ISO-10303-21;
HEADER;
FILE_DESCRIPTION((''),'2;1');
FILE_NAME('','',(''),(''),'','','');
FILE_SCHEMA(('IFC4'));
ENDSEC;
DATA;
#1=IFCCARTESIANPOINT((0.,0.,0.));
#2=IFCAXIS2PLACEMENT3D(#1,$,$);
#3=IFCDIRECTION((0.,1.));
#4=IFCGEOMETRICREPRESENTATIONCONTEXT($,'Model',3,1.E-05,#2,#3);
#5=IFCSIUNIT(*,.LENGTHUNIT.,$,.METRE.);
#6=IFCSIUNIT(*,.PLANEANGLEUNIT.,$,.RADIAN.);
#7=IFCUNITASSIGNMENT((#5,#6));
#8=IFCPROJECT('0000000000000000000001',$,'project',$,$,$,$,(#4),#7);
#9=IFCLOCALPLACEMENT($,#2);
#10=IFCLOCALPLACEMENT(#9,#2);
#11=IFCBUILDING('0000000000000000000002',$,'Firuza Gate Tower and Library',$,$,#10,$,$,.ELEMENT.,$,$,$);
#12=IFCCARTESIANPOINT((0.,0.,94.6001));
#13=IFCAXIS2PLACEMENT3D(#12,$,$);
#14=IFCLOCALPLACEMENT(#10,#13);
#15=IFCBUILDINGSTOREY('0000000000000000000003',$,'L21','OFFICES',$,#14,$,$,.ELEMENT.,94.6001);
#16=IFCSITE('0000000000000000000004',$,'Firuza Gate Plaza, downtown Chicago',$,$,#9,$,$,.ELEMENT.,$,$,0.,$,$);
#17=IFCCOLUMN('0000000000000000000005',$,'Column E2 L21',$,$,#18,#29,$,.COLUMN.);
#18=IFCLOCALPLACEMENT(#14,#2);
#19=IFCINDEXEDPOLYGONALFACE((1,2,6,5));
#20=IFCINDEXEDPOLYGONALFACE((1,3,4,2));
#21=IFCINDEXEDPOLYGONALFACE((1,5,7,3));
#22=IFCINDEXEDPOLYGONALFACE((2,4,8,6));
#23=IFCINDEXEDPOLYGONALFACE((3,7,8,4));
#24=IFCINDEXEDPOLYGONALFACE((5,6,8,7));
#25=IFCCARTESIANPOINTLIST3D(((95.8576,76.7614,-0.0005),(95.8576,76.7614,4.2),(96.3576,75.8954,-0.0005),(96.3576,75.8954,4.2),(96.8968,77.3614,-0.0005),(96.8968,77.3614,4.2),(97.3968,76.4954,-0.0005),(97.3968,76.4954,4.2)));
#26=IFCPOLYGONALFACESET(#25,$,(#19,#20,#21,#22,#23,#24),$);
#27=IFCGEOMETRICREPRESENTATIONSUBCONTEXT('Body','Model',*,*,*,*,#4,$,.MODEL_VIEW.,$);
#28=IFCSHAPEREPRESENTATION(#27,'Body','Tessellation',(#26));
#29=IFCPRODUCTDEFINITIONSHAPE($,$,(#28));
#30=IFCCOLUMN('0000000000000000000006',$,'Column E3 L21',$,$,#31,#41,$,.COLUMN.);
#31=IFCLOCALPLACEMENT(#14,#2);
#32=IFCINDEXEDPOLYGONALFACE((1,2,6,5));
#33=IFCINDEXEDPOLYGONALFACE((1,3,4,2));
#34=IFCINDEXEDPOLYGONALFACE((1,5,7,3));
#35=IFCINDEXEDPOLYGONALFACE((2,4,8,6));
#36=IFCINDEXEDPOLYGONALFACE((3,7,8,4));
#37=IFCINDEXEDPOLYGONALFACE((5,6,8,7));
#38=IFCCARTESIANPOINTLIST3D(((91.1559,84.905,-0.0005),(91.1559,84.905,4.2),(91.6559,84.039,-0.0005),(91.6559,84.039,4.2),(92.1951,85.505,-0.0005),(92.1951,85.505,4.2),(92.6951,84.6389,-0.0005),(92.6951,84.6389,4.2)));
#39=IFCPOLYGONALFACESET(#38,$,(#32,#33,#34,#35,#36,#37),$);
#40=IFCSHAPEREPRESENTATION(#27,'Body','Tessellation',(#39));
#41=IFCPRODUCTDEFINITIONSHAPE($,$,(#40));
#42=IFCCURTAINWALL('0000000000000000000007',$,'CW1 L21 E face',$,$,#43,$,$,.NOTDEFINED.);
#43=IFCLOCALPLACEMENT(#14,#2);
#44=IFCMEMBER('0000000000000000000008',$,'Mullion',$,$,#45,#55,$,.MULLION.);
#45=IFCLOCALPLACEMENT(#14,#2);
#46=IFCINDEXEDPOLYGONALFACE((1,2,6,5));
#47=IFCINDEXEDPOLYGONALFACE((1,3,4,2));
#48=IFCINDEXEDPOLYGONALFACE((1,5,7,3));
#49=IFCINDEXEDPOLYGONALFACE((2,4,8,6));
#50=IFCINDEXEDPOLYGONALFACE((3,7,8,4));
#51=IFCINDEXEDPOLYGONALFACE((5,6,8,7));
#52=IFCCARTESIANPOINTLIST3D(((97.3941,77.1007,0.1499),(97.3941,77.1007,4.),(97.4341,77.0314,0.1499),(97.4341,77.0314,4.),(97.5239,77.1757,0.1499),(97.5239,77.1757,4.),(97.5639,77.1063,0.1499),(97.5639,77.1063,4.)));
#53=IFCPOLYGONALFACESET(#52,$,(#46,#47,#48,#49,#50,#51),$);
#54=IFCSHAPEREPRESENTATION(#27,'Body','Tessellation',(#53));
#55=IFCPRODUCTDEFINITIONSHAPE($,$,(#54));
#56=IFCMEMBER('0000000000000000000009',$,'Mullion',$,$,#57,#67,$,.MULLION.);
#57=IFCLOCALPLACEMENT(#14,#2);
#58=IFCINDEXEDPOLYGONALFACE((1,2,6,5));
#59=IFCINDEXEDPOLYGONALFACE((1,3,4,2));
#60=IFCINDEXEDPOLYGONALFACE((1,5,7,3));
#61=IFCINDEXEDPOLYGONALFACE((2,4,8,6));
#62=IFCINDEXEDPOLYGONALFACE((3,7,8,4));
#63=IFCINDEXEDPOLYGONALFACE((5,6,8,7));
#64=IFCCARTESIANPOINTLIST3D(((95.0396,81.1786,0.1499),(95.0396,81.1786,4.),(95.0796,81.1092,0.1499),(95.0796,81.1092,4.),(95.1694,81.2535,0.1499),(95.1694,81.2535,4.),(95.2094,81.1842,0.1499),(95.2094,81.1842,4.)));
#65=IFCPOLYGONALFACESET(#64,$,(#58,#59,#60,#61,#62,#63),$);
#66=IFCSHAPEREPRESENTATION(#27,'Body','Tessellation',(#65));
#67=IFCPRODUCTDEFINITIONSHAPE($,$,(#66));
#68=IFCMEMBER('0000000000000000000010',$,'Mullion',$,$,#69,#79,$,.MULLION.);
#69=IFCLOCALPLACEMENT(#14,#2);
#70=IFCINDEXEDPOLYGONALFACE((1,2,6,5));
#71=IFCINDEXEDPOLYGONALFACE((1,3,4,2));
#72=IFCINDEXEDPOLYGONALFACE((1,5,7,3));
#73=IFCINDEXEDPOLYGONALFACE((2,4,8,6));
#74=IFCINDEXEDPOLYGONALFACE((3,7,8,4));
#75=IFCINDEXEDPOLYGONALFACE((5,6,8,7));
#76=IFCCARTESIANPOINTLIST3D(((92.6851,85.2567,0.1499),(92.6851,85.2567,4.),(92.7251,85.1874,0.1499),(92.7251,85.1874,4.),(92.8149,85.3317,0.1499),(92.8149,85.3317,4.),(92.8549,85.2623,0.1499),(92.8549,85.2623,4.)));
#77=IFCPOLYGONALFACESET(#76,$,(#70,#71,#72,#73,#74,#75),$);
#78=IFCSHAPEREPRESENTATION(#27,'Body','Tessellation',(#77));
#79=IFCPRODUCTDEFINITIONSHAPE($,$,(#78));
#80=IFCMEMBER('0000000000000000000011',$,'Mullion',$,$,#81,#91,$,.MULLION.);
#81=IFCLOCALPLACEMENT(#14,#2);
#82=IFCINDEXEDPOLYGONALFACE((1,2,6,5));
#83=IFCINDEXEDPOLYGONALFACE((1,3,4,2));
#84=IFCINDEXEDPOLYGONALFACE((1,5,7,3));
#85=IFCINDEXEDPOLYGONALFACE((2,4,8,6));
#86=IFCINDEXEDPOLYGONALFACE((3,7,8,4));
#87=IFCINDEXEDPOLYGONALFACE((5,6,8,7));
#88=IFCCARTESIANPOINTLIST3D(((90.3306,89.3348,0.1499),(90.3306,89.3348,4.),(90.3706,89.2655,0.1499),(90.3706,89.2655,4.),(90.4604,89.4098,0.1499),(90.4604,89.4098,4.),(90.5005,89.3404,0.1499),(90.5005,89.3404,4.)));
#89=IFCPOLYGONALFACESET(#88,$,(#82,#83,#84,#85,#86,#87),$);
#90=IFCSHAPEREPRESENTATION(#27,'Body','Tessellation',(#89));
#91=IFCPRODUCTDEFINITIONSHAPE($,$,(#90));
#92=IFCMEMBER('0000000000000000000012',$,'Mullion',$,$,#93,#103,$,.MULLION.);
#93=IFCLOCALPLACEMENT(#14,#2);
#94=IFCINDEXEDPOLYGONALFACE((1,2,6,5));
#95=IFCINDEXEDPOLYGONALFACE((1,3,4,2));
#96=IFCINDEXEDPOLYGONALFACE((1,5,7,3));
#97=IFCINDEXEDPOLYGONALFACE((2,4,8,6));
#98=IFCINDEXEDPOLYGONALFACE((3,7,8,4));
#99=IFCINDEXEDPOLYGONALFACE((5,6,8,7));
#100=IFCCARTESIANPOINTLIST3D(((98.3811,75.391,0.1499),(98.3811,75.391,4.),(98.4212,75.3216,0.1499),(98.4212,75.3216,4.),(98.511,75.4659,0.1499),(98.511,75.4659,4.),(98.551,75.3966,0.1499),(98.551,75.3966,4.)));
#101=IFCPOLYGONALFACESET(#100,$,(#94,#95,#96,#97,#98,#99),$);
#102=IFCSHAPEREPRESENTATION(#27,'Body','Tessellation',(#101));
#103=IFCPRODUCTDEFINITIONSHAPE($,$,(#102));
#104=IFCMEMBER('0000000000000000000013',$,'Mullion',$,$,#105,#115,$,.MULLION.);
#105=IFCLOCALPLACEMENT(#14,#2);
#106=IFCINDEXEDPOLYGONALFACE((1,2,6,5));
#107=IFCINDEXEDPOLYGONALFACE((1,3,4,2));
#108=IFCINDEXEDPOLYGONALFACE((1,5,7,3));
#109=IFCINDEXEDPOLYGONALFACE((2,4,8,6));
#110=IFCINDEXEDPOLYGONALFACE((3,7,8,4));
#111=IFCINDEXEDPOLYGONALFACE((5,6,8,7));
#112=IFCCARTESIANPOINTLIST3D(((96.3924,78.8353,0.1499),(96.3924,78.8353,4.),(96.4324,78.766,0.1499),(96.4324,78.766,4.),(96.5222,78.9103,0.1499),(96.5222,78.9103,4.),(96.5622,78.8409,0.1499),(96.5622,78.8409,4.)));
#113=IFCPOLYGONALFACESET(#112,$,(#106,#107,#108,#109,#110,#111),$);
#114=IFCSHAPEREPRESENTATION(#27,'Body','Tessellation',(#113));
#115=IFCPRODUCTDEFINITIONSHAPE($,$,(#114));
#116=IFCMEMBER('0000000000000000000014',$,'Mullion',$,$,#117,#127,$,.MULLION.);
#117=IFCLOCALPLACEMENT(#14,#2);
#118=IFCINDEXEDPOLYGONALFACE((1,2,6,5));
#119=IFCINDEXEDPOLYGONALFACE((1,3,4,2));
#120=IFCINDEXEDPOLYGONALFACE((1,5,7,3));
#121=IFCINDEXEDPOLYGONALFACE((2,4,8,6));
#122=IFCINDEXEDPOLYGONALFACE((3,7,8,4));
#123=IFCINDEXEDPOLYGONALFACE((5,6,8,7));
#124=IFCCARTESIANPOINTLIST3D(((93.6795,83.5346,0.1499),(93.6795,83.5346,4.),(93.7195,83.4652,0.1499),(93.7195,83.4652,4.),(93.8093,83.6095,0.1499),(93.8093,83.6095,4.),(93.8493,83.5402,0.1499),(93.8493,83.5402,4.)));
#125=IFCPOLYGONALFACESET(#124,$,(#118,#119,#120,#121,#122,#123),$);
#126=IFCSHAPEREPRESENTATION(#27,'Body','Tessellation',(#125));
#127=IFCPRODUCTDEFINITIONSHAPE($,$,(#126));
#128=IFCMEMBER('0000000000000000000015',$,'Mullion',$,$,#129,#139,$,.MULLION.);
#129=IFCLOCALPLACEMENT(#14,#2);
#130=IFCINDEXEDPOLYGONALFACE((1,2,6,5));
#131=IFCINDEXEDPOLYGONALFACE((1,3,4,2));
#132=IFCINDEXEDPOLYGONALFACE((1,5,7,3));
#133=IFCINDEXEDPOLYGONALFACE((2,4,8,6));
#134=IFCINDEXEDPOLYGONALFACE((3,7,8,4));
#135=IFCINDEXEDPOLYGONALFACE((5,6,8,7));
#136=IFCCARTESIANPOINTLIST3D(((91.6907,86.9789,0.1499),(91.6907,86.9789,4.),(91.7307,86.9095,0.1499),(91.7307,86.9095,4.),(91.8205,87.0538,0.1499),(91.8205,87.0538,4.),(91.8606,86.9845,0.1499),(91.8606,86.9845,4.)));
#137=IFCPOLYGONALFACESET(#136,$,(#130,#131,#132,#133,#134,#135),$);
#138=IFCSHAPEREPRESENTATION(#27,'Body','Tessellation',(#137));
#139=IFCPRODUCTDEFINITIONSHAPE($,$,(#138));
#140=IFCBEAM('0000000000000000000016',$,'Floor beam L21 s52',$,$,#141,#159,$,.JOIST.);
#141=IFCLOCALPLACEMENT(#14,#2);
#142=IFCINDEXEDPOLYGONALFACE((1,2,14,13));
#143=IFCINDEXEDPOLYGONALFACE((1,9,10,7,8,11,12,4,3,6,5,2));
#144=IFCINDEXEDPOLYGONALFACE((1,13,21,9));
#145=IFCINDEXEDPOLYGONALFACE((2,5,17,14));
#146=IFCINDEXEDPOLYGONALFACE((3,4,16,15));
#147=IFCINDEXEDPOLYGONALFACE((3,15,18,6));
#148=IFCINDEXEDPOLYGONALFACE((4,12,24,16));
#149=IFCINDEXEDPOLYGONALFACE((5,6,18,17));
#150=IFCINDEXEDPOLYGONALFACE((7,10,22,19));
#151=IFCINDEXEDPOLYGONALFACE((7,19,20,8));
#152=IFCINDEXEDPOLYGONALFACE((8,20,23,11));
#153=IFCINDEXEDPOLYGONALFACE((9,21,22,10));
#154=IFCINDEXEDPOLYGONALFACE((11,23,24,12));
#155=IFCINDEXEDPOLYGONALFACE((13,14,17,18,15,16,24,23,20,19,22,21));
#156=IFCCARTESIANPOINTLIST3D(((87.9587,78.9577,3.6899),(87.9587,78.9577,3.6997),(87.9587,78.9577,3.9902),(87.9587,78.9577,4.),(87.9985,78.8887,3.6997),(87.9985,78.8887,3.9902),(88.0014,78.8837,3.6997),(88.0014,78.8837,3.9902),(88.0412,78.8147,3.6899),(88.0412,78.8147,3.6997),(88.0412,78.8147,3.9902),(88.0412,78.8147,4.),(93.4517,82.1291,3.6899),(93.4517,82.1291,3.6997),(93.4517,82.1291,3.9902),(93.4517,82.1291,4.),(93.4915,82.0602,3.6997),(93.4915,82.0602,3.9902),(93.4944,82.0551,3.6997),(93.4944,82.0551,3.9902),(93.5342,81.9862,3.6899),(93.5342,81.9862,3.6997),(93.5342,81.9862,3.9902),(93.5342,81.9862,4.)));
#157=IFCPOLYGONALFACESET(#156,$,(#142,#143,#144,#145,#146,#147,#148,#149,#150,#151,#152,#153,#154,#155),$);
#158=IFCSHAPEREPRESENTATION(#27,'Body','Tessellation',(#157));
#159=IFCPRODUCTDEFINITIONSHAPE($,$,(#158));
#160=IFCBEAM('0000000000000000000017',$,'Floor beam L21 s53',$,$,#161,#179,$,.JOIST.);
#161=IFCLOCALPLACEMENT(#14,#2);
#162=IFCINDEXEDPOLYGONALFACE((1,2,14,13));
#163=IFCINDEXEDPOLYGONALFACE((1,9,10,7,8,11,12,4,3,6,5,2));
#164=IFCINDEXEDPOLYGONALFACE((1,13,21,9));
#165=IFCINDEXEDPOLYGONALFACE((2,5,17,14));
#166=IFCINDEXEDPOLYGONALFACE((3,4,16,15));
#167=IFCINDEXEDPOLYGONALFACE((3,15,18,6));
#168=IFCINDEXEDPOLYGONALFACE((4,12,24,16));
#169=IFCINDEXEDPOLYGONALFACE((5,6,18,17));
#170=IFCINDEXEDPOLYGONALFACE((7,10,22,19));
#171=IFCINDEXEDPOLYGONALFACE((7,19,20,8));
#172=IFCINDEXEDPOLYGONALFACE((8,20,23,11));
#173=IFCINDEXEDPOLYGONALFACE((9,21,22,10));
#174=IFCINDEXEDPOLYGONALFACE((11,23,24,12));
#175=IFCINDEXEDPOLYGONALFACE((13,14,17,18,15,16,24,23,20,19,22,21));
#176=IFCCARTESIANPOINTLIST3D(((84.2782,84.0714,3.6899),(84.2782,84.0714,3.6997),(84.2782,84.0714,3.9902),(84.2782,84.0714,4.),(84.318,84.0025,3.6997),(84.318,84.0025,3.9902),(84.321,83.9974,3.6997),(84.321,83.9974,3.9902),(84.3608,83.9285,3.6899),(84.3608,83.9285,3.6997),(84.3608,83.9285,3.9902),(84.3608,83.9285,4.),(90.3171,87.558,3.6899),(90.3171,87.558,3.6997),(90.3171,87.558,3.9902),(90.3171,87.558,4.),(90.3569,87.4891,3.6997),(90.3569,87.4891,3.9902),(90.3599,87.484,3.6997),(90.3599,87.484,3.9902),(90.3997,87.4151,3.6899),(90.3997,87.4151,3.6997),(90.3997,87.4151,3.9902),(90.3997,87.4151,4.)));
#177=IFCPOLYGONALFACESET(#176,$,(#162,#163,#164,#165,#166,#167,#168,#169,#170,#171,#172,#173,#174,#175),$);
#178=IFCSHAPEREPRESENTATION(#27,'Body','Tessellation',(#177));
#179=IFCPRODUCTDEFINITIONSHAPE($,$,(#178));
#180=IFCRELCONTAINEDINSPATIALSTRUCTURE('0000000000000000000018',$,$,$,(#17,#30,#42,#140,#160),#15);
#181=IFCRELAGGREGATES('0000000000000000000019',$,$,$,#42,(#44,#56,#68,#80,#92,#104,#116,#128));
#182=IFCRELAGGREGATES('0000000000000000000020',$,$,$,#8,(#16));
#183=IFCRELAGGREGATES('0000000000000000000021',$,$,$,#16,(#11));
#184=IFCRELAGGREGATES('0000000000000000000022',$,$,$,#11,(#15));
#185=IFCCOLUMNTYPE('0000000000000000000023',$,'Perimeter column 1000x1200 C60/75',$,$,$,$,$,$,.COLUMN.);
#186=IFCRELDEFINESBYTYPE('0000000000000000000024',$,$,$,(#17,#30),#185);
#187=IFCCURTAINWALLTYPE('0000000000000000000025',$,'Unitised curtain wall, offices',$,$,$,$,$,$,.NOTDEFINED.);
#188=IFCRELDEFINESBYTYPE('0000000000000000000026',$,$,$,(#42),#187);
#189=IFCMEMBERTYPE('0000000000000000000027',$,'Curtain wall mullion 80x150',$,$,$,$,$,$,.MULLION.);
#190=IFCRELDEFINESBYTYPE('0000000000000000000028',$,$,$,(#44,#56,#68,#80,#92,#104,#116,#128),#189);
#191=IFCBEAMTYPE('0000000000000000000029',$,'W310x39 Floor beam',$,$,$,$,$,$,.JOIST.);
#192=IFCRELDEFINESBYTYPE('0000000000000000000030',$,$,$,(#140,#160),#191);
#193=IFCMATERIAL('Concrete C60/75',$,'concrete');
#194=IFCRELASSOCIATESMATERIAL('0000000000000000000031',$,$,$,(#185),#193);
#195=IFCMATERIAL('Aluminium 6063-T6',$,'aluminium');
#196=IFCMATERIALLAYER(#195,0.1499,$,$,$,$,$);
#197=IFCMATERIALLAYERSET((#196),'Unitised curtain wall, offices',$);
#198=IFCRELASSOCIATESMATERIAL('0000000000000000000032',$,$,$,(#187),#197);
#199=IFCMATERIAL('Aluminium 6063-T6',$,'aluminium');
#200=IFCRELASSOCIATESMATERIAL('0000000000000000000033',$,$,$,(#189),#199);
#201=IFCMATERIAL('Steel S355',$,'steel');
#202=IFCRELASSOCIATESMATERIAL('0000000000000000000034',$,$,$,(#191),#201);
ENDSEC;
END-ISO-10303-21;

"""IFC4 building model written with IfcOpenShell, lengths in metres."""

from ifc_helpers import new_model, si_unit, direction, frame, origin, origin_2d, place, context, subcontext, project, spatial, rectangle, i_section, extrude, material, layer, layer_set, material_profile, profile_set, type_object, element, aggregate, save


model = new_model("IFC4")

# Units and contexts
model_context = context("Model", 3, precision=1e-05, world=origin(), true_north=direction((0.0, 1.0)))
body_context = subcontext(model_context, "Body", "Model", "MODEL_VIEW")
ifc_project = project(units=[si_unit("LENGTHUNIT", "METRE"), si_unit("PLANEANGLEUNIT", "RADIAN")], contexts=[model_context])

# Site, building, storey
site_placement = place(None, origin())
site = spatial("IfcSite", under=ifc_project, at=site_placement, Name="Firuza Gate Plaza, downtown Chicago", CompositionType="ELEMENT", RefElevation=0.0)
building_placement = place(site_placement, origin())
building = spatial("IfcBuilding", under=site, at=building_placement, Name="Firuza Gate Tower and Library", CompositionType="ELEMENT")
storey_placement = place(building_placement, frame((0.0, 0.0, 94.6001)))
storey = spatial("IfcBuildingStorey", under=building, at=storey_placement, Name="L21", Description="OFFICES", CompositionType="ELEMENT", Elevation=94.6001)

# Columns
ifc_material_1 = material(Name="Concrete C60/75", Category="concrete")
ifc_material_profile_1 = material_profile(ifc_material_1, rectangle(XDim=1.0, YDim=1.2, at=origin_2d()))
ifc_profile_set_1 = profile_set([ifc_material_profile_1], Name="Concrete C60/75")
column_type = type_object("IfcColumnType", Name="Perimeter column 1000x1200 C60/75", PredefinedType="COLUMN", material=ifc_profile_set_1)
for number, where, z_axis, x_axis, name in (
    (1, (96.6272, 76.6284, -0.0005), (0.0, 0.0, 1.0), (-0.5, 0.866025, 0.0), "Column E2 L21"),
    (2, (91.9255, 84.772, -0.0005), (0.0, 0.0, 1.0), (-0.5, 0.866025, 0.0), "Column E3 L21"),
):
    element("IfcColumn", number, at=place(storey_placement, frame(where, z_axis=z_axis, x_axis=x_axis)), inside=storey, type_object=column_type, Name=name, PredefinedType="COLUMN", context=body_context, shape_type="SweptSolid", body=[
        extrude(rectangle(XDim=1.0, YDim=1.2, at=origin_2d()), origin(), (0.0, 0.0, 1.0), 4.2004),
    ])

# Curtain wall, members
ifc_material_2 = material(Name="Aluminium 6063-T6", Category="aluminium")
ifc_layer_1 = layer(ifc_material_2, 0.1499)
ifc_layer_set_1 = layer_set([ifc_layer_1], Name="Unitised curtain wall, offices")
curtain_wall_type = type_object("IfcCurtainWallType", Name="Unitised curtain wall, offices", PredefinedType="NOTDEFINED", material=ifc_layer_set_1)
curtain_wall_placement = place(storey_placement, origin())
curtain_wall = element("IfcCurtainWall", 3, at=curtain_wall_placement, inside=storey, type_object=curtain_wall_type, Name="CW1 L21 E face", PredefinedType="NOTDEFINED")
ifc_material_3 = material(Name="Aluminium 6063-T6", Category="aluminium")
ifc_material_profile_2 = material_profile(ifc_material_3, rectangle(XDim=0.1499, YDim=0.0801, at=origin_2d()))
ifc_profile_set_2 = profile_set([ifc_material_profile_2], Name="Aluminium 6063-T6")
member_type = type_object("IfcMemberType", Name="Curtain wall mullion 80x150", PredefinedType="MULLION", material=ifc_profile_set_2)
member_1_placement = place(storey_placement, frame((97.479, 77.1035, 0.1499), z_axis=(0.0, 0.0, 1.0), x_axis=(-0.866025, -0.5, 0.0)))
member_1 = element("IfcMember", 4, at=member_1_placement, type_object=member_type, Name="Mullion", PredefinedType="MULLION", context=body_context, shape_type="SweptSolid", body=[
    extrude(rectangle(XDim=0.1499, YDim=0.0801, at=origin_2d()), origin(), (0.0, 0.0, 1.0), 3.8501),
])
member_2_placement = place(storey_placement, frame((95.1245, 81.1814, 0.1499), z_axis=(0.0, 0.0, 1.0), x_axis=(-0.866025, -0.5, 0.0)))
member_2 = element("IfcMember", 5, at=member_2_placement, type_object=member_type, Name="Mullion", PredefinedType="MULLION", context=body_context, shape_type="SweptSolid", body=[
    extrude(rectangle(XDim=0.1499, YDim=0.0801, at=origin_2d()), origin(), (0.0, 0.0, 1.0), 3.8501),
])
member_3_placement = place(storey_placement, frame((92.77, 85.2595, 0.1499), z_axis=(0.0, 0.0, 1.0), x_axis=(-0.866025, -0.5, 0.0)))
member_3 = element("IfcMember", 6, at=member_3_placement, type_object=member_type, Name="Mullion", PredefinedType="MULLION", context=body_context, shape_type="SweptSolid", body=[
    extrude(rectangle(XDim=0.1499, YDim=0.0801, at=origin_2d()), origin(), (0.0, 0.0, 1.0), 3.8501),
])
member_4_placement = place(storey_placement, frame((90.4155, 89.3376, 0.1499), z_axis=(0.0, 0.0, 1.0), x_axis=(-0.866025, -0.5, 0.0)))
member_4 = element("IfcMember", 7, at=member_4_placement, type_object=member_type, Name="Mullion", PredefinedType="MULLION", context=body_context, shape_type="SweptSolid", body=[
    extrude(rectangle(XDim=0.1499, YDim=0.0801, at=origin_2d()), origin(), (0.0, 0.0, 1.0), 3.8501),
])
member_5_placement = place(storey_placement, frame((98.4661, 75.3938, 0.1499), z_axis=(0.0, 0.0, 1.0), x_axis=(-0.866025, -0.5, 0.0)))
member_5 = element("IfcMember", 8, at=member_5_placement, type_object=member_type, Name="Mullion", PredefinedType="MULLION", context=body_context, shape_type="SweptSolid", body=[
    extrude(rectangle(XDim=0.1499, YDim=0.0801, at=origin_2d()), origin(), (0.0, 0.0, 1.0), 3.8501),
])
member_6_placement = place(storey_placement, frame((96.4773, 78.8381, 0.1499), z_axis=(0.0, 0.0, 1.0), x_axis=(-0.866025, -0.5, 0.0)))
member_6 = element("IfcMember", 9, at=member_6_placement, type_object=member_type, Name="Mullion", PredefinedType="MULLION", context=body_context, shape_type="SweptSolid", body=[
    extrude(rectangle(XDim=0.1499, YDim=0.0801, at=origin_2d()), origin(), (0.0, 0.0, 1.0), 3.8501),
])
member_7_placement = place(storey_placement, frame((93.7644, 83.5374, 0.1499), z_axis=(0.0, 0.0, 1.0), x_axis=(-0.866025, -0.5, 0.0)))
member_7 = element("IfcMember", 10, at=member_7_placement, type_object=member_type, Name="Mullion", PredefinedType="MULLION", context=body_context, shape_type="SweptSolid", body=[
    extrude(rectangle(XDim=0.1499, YDim=0.0801, at=origin_2d()), origin(), (0.0, 0.0, 1.0), 3.8501),
])
member_8_placement = place(storey_placement, frame((91.7756, 86.9817, 0.1499), z_axis=(0.0, 0.0, 1.0), x_axis=(-0.866025, -0.5, 0.0)))
member_8 = element("IfcMember", 11, at=member_8_placement, type_object=member_type, Name="Mullion", PredefinedType="MULLION", context=body_context, shape_type="SweptSolid", body=[
    extrude(rectangle(XDim=0.1499, YDim=0.0801, at=origin_2d()), origin(), (0.0, 0.0, 1.0), 3.8501),
])

# Beams
ifc_material_4 = material(Name="Steel S355", Category="steel")
ifc_material_profile_3 = material_profile(ifc_material_4, i_section(OverallWidth=0.165, OverallDepth=0.3101, WebThickness=0.0059, FlangeThickness=0.0098, at=origin_2d()))
ifc_profile_set_3 = profile_set([ifc_material_profile_3], Name="Steel S355")
beam_type_1 = type_object("IfcBeamType", Name="W310x39 Floor beam", PredefinedType="JOIST", material=ifc_profile_set_3)
beam_1_placement = place(storey_placement, frame((93.4929, 82.0576, 3.845), z_axis=(-0.866022, -0.500006, 0.0), x_axis=(0.500006, -0.866022, 0.0)))
element("IfcBeam", 12, at=beam_1_placement, inside=storey, type_object=beam_type_1, Name="Floor beam L21 s52", PredefinedType="JOIST", context=body_context, shape_type="SweptSolid", body=[
    extrude(i_section(OverallWidth=0.165, OverallDepth=0.3101, WebThickness=0.0059, FlangeThickness=0.0098, at=origin_2d()), origin(), (0.0, 0.0, 1.0), 6.3428),
])
beam_2_placement = place(storey_placement, frame((90.3584, 87.4866, 3.845), z_axis=(-0.866022, -0.500006, 0.0), x_axis=(0.500006, -0.866022, 0.0)))
element("IfcBeam", 13, at=beam_2_placement, inside=storey, type_object=beam_type_1, Name="Floor beam L21 s53", PredefinedType="JOIST", context=body_context, shape_type="SweptSolid", body=[
    extrude(i_section(OverallWidth=0.165, OverallDepth=0.3101, WebThickness=0.0059, FlangeThickness=0.0098, at=origin_2d()), origin(), (0.0, 0.0, 1.0), 6.9731),
])

aggregate(curtain_wall, [member_1, member_2, member_3, member_4, member_5, member_6, member_7, member_8])

save(model, "model.ifc")
